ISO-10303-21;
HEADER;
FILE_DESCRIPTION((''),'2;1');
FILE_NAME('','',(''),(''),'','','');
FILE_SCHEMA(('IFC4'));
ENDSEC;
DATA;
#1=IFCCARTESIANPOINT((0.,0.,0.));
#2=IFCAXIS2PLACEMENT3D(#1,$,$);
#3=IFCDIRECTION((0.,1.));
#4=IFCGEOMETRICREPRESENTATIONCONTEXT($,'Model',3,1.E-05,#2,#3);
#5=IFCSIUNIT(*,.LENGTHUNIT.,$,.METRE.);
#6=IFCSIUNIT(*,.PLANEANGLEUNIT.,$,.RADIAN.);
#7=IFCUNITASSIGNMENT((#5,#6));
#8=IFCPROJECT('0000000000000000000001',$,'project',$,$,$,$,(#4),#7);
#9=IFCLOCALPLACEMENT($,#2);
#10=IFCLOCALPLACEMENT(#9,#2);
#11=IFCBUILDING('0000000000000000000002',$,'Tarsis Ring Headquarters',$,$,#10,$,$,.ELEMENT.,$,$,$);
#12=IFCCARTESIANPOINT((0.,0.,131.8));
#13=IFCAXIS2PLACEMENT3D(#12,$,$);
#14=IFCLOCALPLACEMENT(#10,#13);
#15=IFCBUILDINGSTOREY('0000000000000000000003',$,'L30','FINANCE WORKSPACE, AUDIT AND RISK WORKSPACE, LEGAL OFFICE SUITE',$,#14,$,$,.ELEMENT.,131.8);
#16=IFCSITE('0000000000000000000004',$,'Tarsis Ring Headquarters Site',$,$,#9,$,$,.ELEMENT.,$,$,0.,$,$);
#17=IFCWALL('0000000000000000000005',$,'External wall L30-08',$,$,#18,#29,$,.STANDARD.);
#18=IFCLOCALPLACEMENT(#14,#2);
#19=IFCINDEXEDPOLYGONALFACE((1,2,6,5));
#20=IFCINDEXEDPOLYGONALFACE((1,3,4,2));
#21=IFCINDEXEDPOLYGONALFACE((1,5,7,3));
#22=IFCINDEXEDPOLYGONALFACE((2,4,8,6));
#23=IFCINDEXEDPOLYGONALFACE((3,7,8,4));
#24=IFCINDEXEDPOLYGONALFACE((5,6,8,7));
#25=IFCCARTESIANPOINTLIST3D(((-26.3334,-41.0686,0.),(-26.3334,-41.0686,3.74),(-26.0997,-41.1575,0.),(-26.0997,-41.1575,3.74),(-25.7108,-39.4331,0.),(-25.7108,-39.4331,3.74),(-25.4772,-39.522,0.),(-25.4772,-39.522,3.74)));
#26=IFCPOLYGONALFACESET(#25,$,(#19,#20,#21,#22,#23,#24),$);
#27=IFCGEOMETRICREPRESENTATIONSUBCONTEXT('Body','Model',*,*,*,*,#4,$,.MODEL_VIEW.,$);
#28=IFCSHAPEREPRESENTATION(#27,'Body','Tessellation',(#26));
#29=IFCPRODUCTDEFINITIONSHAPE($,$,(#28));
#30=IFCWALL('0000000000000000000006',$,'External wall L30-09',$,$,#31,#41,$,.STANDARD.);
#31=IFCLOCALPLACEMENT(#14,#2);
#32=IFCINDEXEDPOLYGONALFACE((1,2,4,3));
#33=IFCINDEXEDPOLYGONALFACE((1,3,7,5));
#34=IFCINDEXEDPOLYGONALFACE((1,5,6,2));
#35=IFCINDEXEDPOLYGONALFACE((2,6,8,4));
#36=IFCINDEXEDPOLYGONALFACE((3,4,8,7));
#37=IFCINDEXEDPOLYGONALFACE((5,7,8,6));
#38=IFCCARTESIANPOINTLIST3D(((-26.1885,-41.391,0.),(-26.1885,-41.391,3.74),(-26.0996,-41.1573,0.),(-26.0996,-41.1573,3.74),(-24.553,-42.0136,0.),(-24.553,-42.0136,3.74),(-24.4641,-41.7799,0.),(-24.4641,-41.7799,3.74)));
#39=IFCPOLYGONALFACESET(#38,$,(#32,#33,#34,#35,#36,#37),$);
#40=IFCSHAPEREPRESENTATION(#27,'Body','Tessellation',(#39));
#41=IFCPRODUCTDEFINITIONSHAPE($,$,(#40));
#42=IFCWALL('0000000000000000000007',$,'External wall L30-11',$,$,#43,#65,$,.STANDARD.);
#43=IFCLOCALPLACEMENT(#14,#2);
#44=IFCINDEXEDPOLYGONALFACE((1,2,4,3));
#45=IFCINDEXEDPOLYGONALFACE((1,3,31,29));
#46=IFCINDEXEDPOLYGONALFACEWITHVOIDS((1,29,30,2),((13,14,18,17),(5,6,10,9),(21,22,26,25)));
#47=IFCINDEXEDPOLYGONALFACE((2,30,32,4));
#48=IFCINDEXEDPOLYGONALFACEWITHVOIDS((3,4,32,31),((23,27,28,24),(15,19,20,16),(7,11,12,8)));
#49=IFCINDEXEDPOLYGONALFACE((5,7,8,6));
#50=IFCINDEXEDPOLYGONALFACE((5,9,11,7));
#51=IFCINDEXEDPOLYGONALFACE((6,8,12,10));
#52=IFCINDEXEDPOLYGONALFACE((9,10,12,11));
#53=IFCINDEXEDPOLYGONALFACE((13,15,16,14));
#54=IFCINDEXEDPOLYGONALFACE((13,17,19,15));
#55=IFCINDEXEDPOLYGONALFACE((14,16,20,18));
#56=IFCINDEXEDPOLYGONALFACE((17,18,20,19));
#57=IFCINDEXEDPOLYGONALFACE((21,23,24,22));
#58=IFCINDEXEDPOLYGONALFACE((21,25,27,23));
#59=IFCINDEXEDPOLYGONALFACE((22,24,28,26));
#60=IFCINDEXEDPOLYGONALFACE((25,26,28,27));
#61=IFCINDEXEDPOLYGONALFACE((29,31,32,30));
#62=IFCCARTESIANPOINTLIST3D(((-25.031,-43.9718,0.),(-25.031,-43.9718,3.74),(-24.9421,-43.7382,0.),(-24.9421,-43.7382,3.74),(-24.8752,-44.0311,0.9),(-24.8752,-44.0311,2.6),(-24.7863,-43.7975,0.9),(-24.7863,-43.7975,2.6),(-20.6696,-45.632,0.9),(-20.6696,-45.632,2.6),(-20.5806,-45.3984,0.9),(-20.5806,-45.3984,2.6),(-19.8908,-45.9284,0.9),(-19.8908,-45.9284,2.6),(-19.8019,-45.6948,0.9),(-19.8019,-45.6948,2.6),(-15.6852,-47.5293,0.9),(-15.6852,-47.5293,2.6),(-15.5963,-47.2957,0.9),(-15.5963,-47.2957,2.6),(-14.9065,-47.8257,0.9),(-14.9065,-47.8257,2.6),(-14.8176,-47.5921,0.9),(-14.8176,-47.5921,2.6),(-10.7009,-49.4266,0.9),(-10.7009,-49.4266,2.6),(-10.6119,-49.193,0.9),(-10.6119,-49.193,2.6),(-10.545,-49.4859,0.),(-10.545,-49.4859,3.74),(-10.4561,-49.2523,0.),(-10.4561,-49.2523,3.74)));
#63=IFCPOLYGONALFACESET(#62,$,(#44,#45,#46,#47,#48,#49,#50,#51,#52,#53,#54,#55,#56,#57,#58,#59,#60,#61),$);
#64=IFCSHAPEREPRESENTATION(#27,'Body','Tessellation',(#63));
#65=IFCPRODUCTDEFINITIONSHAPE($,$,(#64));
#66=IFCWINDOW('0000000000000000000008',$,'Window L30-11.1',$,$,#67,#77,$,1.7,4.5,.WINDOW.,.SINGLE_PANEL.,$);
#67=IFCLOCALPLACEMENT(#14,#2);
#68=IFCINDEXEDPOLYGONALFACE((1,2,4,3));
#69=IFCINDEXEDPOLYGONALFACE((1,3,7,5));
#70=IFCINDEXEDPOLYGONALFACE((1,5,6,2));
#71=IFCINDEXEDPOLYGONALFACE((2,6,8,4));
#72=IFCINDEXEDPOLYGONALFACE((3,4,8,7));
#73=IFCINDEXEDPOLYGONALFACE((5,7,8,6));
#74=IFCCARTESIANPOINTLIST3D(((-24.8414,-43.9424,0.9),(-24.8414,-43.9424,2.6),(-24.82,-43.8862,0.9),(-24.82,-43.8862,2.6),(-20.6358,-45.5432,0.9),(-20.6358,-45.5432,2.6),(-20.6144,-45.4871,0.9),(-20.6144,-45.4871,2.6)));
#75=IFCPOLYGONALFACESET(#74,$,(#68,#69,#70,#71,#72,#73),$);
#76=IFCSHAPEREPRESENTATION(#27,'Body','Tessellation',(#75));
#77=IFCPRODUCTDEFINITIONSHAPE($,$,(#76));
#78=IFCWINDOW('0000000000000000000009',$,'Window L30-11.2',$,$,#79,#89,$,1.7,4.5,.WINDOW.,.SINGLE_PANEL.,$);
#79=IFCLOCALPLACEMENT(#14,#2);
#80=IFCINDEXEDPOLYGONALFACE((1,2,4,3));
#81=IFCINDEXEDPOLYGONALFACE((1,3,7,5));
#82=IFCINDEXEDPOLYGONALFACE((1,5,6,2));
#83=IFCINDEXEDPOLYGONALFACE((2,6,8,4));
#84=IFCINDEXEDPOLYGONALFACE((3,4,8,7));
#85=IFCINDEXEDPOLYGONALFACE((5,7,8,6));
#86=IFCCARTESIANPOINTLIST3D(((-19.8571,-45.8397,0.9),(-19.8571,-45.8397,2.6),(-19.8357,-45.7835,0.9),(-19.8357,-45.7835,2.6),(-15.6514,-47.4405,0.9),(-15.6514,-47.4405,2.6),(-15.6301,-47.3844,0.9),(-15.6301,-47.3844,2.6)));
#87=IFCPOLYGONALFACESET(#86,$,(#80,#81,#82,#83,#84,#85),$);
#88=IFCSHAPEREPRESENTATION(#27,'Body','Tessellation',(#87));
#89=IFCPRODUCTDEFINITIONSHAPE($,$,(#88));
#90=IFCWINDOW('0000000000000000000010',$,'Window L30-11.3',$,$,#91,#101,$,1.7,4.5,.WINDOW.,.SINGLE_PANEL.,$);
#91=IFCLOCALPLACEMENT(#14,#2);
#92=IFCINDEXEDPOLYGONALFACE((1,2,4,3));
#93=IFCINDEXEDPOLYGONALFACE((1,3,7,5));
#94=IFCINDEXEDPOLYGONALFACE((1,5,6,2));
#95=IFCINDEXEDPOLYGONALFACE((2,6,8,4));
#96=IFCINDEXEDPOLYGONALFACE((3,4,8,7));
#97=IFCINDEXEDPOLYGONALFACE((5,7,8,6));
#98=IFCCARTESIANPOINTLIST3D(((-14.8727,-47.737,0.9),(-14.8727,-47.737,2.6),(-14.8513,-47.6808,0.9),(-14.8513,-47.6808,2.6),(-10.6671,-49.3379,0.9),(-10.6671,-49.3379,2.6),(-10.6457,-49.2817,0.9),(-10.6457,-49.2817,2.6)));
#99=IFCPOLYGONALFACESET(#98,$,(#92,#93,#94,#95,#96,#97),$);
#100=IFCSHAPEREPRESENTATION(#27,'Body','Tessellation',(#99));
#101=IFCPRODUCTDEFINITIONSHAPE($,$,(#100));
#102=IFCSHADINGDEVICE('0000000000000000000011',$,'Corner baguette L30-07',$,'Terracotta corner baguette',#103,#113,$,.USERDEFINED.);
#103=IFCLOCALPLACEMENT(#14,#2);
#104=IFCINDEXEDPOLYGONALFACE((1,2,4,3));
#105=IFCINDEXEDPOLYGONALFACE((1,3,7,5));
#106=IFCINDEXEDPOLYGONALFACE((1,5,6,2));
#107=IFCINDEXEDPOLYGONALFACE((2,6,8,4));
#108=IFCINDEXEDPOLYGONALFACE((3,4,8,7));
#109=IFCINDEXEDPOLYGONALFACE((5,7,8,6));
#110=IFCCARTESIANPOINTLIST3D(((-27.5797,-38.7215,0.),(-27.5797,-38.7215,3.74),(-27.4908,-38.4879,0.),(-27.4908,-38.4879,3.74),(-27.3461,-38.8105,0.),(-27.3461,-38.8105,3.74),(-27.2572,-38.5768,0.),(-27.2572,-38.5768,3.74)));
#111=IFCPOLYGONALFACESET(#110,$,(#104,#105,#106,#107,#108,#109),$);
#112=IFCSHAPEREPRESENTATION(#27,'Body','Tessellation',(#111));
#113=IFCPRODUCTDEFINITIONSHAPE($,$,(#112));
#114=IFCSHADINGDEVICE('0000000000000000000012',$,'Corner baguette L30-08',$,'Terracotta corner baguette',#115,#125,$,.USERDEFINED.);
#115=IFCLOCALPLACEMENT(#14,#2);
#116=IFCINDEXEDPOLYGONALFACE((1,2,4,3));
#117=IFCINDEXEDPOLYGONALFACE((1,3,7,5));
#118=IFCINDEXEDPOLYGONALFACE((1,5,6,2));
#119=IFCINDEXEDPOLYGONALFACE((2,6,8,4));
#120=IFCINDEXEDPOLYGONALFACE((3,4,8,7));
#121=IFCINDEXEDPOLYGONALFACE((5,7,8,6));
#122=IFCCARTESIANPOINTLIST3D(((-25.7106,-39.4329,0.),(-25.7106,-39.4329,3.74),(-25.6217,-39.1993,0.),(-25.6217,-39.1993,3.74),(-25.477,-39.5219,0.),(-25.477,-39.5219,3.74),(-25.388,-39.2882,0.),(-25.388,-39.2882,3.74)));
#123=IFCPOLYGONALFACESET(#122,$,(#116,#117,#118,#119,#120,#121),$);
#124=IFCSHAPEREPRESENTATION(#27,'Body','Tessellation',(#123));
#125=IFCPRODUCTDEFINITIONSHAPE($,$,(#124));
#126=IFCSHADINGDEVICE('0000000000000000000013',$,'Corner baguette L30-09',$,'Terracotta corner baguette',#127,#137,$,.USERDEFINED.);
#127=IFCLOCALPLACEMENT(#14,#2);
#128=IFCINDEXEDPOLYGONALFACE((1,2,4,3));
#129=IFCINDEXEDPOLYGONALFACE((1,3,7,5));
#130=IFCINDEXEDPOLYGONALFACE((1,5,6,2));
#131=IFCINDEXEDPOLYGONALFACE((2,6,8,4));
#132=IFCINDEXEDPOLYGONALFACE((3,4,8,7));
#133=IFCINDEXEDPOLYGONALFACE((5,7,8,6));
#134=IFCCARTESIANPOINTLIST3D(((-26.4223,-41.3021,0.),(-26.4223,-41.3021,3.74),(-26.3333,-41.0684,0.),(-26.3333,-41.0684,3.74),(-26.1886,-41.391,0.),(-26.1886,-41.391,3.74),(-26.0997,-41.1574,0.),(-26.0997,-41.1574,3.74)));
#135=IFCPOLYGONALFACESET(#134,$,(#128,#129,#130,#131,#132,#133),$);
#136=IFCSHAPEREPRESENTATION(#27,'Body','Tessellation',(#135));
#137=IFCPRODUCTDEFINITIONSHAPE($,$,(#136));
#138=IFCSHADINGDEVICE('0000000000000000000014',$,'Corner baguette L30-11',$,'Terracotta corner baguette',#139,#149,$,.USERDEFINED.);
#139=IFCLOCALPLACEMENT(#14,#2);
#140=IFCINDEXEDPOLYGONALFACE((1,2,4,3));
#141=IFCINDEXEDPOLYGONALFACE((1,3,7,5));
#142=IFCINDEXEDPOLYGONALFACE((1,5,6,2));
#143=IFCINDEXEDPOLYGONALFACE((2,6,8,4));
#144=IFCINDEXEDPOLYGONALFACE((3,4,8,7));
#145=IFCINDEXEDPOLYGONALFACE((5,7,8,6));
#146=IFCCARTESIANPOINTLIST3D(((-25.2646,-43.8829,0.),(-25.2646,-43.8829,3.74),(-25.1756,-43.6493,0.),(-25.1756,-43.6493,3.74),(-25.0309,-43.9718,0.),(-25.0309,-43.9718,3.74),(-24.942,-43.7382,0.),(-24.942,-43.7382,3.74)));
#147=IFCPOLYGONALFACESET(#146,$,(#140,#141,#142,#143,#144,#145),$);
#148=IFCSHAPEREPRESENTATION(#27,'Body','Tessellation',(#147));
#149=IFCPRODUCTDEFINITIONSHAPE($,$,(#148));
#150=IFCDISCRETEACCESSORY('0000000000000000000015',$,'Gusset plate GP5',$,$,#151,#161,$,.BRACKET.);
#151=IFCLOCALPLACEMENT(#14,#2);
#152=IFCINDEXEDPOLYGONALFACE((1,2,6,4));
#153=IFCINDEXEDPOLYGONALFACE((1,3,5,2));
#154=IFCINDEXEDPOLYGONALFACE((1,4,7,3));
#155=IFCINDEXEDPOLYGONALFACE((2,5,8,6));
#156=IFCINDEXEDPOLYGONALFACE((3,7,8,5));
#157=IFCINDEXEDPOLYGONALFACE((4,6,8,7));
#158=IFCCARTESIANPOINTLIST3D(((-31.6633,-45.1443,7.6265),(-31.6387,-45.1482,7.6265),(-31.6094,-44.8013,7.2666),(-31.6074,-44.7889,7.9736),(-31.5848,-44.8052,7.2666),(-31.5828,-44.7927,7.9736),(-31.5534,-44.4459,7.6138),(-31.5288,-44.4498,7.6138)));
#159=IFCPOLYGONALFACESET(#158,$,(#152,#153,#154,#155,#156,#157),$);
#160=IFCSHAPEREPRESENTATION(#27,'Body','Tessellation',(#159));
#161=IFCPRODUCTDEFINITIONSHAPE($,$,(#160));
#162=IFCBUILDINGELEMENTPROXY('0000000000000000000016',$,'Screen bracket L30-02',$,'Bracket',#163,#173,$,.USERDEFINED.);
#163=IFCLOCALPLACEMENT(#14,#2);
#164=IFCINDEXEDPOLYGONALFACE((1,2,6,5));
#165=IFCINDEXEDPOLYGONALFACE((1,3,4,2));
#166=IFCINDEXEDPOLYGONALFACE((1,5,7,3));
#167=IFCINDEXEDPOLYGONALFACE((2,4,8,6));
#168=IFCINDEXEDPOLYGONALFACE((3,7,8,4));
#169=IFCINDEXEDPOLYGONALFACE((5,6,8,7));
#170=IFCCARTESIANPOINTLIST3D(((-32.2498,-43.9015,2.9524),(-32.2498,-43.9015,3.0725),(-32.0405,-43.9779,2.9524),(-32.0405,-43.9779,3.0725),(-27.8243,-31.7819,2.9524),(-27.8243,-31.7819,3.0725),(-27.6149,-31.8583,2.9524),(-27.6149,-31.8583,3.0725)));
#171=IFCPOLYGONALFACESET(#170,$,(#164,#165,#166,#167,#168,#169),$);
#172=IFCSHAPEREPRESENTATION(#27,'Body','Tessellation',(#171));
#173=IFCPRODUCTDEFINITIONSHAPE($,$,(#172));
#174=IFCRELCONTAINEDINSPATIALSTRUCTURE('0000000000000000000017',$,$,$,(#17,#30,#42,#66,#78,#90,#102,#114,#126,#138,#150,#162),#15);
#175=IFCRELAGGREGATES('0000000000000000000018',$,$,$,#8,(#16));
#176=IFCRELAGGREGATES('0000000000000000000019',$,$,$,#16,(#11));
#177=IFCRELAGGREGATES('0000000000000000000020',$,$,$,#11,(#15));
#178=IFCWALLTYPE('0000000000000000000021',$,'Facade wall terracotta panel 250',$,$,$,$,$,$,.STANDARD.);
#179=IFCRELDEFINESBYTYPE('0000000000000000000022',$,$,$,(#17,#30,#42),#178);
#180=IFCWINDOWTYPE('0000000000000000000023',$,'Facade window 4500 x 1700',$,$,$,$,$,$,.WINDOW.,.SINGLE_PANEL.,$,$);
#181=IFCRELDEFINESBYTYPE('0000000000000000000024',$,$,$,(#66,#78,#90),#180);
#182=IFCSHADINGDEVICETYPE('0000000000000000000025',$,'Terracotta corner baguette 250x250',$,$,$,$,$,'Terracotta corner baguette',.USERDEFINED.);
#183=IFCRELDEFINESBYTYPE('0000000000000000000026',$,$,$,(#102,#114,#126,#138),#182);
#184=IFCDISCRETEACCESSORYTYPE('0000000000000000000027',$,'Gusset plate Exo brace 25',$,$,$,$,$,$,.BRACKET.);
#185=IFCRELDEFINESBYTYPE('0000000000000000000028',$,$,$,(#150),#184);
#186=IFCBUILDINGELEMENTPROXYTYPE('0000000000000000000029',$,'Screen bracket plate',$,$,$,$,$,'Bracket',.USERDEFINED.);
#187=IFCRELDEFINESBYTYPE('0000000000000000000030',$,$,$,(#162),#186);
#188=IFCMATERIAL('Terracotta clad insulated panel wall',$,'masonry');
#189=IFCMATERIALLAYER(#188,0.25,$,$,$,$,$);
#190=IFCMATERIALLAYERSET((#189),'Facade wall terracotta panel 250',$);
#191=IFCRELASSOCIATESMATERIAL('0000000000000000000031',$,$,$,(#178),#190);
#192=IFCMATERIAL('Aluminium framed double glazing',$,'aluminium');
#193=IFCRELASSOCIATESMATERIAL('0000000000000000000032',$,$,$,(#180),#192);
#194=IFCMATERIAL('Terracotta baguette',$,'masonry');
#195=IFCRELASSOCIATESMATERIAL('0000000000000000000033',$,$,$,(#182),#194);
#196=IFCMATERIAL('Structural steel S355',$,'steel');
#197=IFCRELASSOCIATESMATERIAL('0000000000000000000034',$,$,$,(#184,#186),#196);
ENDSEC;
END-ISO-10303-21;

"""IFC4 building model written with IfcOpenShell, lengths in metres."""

from ifc_helpers import new_model, si_unit, direction, frame, frame_2d, origin, origin_2d, place, context, subcontext, project, spatial, rectangle, extrude, material, layer, layer_set, material_profile, profile_set, type_object, element, fill, save


model = new_model("IFC4")

# Units and contexts
model_context = context("Model", 3, precision=1e-05, world=origin(), true_north=direction((0.0, 1.0)))
body_context = subcontext(model_context, "Body", "Model", "MODEL_VIEW")
ifc_project = project(units=[si_unit("LENGTHUNIT", "METRE"), si_unit("PLANEANGLEUNIT", "RADIAN")], contexts=[model_context])

# Site, building, storey
site_placement = place(None, origin())
site = spatial("IfcSite", under=ifc_project, at=site_placement, Name="Tarsis Ring Headquarters Site", CompositionType="ELEMENT", RefElevation=0.0)
building_placement = place(site_placement, origin())
building = spatial("IfcBuilding", under=site, at=building_placement, Name="Tarsis Ring Headquarters", CompositionType="ELEMENT")
storey_placement = place(building_placement, frame((0.0, 0.0, 131.8)))
storey = spatial("IfcBuildingStorey", under=building, at=storey_placement, Name="L30", Description="FINANCE WORKSPACE, AUDIT AND RISK WORKSPACE, LEGAL OFFICE SUITE", CompositionType="ELEMENT", Elevation=131.8)

# Shared definitions
ifc_material_1 = material(Name="Structural steel S355", Category="steel")

# Walls
ifc_material_2 = material(Name="Terracotta clad insulated panel wall", Category="masonry")
ifc_layer_1 = layer(ifc_material_2, 0.25)
ifc_layer_set_1 = layer_set([ifc_layer_1], Name="Facade wall terracotta panel 250")
wall_type_1 = type_object("IfcWallType", Name="Facade wall terracotta panel 250", PredefinedType="STANDARD", material=ifc_layer_set_1)
for number, where, z_axis, x_axis, name in (
    (1, (-25.594, -39.4775, 0.0), (0.0, 0.0, 1.0), (-0.355752, -0.934581, 0.0), "External wall L30-08"),
    (2, (-26.144, -41.2742, 0.0), (0.0, 0.0, 1.0), (0.934581, -0.355752, 0.0), "External wall L30-09"),
):
    element("IfcWall", number, at=place(storey_placement, frame(where, z_axis=z_axis, x_axis=x_axis)), inside=storey, type_object=wall_type_1, Name=name, PredefinedType="STANDARD", context=body_context, shape_type="SweptSolid", body=[
        extrude(rectangle(XDim=1.75, YDim=0.25, at=frame_2d((0.875, 0.0))), origin(), (0.0, 0.0, 1.0), 3.74),
    ])

# Wall, openings, windows
wall_1_placement = place(storey_placement, frame((-24.9866, -43.855, 0.0), z_axis=(0.0, 0.0, 1.0), x_axis=(0.934581, -0.35575, 0.0)))
wall_1 = element("IfcWall", 3, at=wall_1_placement, inside=storey, type_object=wall_type_1, Name="External wall L30-11", PredefinedType="STANDARD", context=body_context, shape_type="SweptSolid", body=[
    extrude(rectangle(XDim=15.5, YDim=0.25, at=frame_2d((7.75, 0.0))), origin(), (0.0, 0.0, 1.0), 3.74),
])
opening_1_placement = place(wall_1_placement, frame((0.1667, 0.0, 0.8999)))
opening_1 = element("IfcOpeningElement", 4, at=opening_1_placement, cuts=wall_1, PredefinedType="OPENING", context=body_context, shape_type="SweptSolid", body=[
    extrude(rectangle(XDim=4.5, YDim=1.7, at=frame_2d((2.25, 0.8501))), frame((0.0, 0.135, 0.0), z_axis=(0.0, -1.0, 0.0), x_axis=(1.0, 0.0, 0.0)), (0.0, 0.0, 1.0), 0.27),
])
opening_2_placement = place(wall_1_placement, frame((5.5, 0.0, 0.8999)))
opening_2 = element("IfcOpeningElement", 5, at=opening_2_placement, cuts=wall_1, PredefinedType="OPENING", context=body_context, shape_type="SweptSolid", body=[
    extrude(rectangle(XDim=4.5, YDim=1.7, at=frame_2d((2.25, 0.8501))), frame((0.0, 0.135, 0.0), z_axis=(0.0, -1.0, 0.0), x_axis=(1.0, 0.0, 0.0)), (0.0, 0.0, 1.0), 0.27),
])
opening_3_placement = place(wall_1_placement, frame((10.8333, 0.0, 0.8999)))
opening_3 = element("IfcOpeningElement", 6, at=opening_3_placement, cuts=wall_1, PredefinedType="OPENING", context=body_context, shape_type="SweptSolid", body=[
    extrude(rectangle(XDim=4.5, YDim=1.7, at=frame_2d((2.25, 0.8501))), frame((0.0, 0.135, 0.0), z_axis=(0.0, -1.0, 0.0), x_axis=(1.0, 0.0, 0.0)), (0.0, 0.0, 1.0), 0.27),
])
ifc_material_3 = material(Name="Aluminium framed double glazing", Category="aluminium")
window_type = type_object("IfcWindowType", Name="Facade window 4500 x 1700", PartitioningType="SINGLE_PANEL", PredefinedType="WINDOW", material=ifc_material_3)
window_1_placement = place(opening_1_placement, origin())
window_1 = element("IfcWindow", 7, at=window_1_placement, inside=storey, type_object=window_type, Name="Window L30-11.1", OverallHeight=1.7, OverallWidth=4.5, PartitioningType="SINGLE_PANEL", PredefinedType="WINDOW", context=body_context, shape_type="SweptSolid", body=[
    extrude(rectangle(XDim=4.5, YDim=1.7, at=frame_2d((2.25, 0.8501))), frame((0.0, 0.03, 0.0), z_axis=(0.0, -1.0, 0.0), x_axis=(1.0, 0.0, 0.0)), (0.0, 0.0, 1.0), 0.0601),
])
fill(opening_1, window_1)
window_2_placement = place(opening_2_placement, origin())
window_2 = element("IfcWindow", 8, at=window_2_placement, inside=storey, type_object=window_type, Name="Window L30-11.2", OverallHeight=1.7, OverallWidth=4.5, PartitioningType="SINGLE_PANEL", PredefinedType="WINDOW", context=body_context, shape_type="SweptSolid", body=[
    extrude(rectangle(XDim=4.5, YDim=1.7, at=frame_2d((2.25, 0.8501))), frame((0.0, 0.03, 0.0), z_axis=(0.0, -1.0, 0.0), x_axis=(1.0, 0.0, 0.0)), (0.0, 0.0, 1.0), 0.0601),
])
fill(opening_2, window_2)
window_3_placement = place(opening_3_placement, origin())
window_3 = element("IfcWindow", 9, at=window_3_placement, inside=storey, type_object=window_type, Name="Window L30-11.3", OverallHeight=1.7, OverallWidth=4.5, PartitioningType="SINGLE_PANEL", PredefinedType="WINDOW", context=body_context, shape_type="SweptSolid", body=[
    extrude(rectangle(XDim=4.5, YDim=1.7, at=frame_2d((2.25, 0.8501))), frame((0.0, 0.03, 0.0), z_axis=(0.0, -1.0, 0.0), x_axis=(1.0, 0.0, 0.0)), (0.0, 0.0, 1.0), 0.0601),
])
fill(opening_3, window_3)

# Shading devices
ifc_material_4 = material(Name="Terracotta baguette", Category="masonry")
shading_device_type_1 = type_object("IfcShadingDeviceType", Name="Terracotta corner baguette 250x250", ElementType="Terracotta corner baguette", PredefinedType="USERDEFINED", material=ifc_material_4)
for number, where, z_axis, x_axis, name in (
    (10, (-27.4185, -38.6492, 0.0), (0.0, 0.0, 1.0), (-0.35576, -0.934578, 0.0), "Corner baguette L30-07"),
    (11, (-25.5493, -39.3606, 0.0), (0.0, 0.0, 1.0), (0.934578, -0.355759, 0.0), "Corner baguette L30-08"),
    (12, (-26.261, -41.2297, 0.0), (0.0, 0.0, 1.0), (-0.35576, -0.934577, 0.0), "Corner baguette L30-09"),
    (13, (-25.1033, -43.8105, 0.0), (0.0, 0.0, 1.0), (-0.355759, -0.934578, 0.0), "Corner baguette L30-11"),
):
    element("IfcShadingDevice", number, at=place(storey_placement, frame(where, z_axis=z_axis, x_axis=x_axis)), inside=storey, type_object=shading_device_type_1, Name=name, ObjectType="Terracotta corner baguette", PredefinedType="USERDEFINED", context=body_context, shape_type="SweptSolid", body=[
        extrude(rectangle(XDim=0.25, YDim=0.25, at=origin_2d()), origin(), (0.0, 0.0, 1.0), 3.74),
    ])

# Discrete accessory
ifc_material_profile_1 = material_profile(ifc_material_1, rectangle(XDim=0.0249, YDim=0.5, at=origin_2d()), Name="PL 25x500")
ifc_profile_set_1 = profile_set([ifc_material_profile_1], Name="Structural steel S355")
discrete_accessory_type = type_object("IfcDiscreteAccessoryType", Name="Gusset plate Exo brace 25", PredefinedType="BRACKET", material=ifc_profile_set_1)
discrete_accessory_placement = place(storey_placement, frame((-31.623, -44.9685, 7.8), z_axis=(0.107894, 0.685934, -0.71962), x_axis=(-0.987854, 0.155385, 0.0)))
element("IfcDiscreteAccessory", 14, at=discrete_accessory_placement, inside=storey, type_object=discrete_accessory_type, Name="Gusset plate GP5", PredefinedType="BRACKET", context=body_context, shape_type="SweptSolid", body=[
    extrude(rectangle(XDim=0.0249, YDim=0.5, at=origin_2d()), origin(), (0.0, 0.0, 1.0), 0.5),
])

# Building element proxy
building_element_proxy_type = type_object("IfcBuildingElementProxyType", Name="Screen bracket plate", ElementType="Bracket", PredefinedType="USERDEFINED", material=ifc_material_1)
proxy_placement = place(storey_placement, frame((-29.9324, -37.8799, 2.9524), z_axis=(0.0, 0.0, 1.0), x_axis=(-0.343004, -0.939334, 0.0)))
element("IfcBuildingElementProxy", 15, at=proxy_placement, inside=storey, type_object=building_element_proxy_type, Name="Screen bracket L30-02", ObjectType="Bracket", PredefinedType="USERDEFINED", context=body_context, shape_type="SweptSolid", body=[
    extrude(rectangle(XDim=12.9023, YDim=0.2229, at=origin_2d()), origin(), (0.0, 0.0, 1.0), 0.1201),
])

save(model, "model.ifc")
